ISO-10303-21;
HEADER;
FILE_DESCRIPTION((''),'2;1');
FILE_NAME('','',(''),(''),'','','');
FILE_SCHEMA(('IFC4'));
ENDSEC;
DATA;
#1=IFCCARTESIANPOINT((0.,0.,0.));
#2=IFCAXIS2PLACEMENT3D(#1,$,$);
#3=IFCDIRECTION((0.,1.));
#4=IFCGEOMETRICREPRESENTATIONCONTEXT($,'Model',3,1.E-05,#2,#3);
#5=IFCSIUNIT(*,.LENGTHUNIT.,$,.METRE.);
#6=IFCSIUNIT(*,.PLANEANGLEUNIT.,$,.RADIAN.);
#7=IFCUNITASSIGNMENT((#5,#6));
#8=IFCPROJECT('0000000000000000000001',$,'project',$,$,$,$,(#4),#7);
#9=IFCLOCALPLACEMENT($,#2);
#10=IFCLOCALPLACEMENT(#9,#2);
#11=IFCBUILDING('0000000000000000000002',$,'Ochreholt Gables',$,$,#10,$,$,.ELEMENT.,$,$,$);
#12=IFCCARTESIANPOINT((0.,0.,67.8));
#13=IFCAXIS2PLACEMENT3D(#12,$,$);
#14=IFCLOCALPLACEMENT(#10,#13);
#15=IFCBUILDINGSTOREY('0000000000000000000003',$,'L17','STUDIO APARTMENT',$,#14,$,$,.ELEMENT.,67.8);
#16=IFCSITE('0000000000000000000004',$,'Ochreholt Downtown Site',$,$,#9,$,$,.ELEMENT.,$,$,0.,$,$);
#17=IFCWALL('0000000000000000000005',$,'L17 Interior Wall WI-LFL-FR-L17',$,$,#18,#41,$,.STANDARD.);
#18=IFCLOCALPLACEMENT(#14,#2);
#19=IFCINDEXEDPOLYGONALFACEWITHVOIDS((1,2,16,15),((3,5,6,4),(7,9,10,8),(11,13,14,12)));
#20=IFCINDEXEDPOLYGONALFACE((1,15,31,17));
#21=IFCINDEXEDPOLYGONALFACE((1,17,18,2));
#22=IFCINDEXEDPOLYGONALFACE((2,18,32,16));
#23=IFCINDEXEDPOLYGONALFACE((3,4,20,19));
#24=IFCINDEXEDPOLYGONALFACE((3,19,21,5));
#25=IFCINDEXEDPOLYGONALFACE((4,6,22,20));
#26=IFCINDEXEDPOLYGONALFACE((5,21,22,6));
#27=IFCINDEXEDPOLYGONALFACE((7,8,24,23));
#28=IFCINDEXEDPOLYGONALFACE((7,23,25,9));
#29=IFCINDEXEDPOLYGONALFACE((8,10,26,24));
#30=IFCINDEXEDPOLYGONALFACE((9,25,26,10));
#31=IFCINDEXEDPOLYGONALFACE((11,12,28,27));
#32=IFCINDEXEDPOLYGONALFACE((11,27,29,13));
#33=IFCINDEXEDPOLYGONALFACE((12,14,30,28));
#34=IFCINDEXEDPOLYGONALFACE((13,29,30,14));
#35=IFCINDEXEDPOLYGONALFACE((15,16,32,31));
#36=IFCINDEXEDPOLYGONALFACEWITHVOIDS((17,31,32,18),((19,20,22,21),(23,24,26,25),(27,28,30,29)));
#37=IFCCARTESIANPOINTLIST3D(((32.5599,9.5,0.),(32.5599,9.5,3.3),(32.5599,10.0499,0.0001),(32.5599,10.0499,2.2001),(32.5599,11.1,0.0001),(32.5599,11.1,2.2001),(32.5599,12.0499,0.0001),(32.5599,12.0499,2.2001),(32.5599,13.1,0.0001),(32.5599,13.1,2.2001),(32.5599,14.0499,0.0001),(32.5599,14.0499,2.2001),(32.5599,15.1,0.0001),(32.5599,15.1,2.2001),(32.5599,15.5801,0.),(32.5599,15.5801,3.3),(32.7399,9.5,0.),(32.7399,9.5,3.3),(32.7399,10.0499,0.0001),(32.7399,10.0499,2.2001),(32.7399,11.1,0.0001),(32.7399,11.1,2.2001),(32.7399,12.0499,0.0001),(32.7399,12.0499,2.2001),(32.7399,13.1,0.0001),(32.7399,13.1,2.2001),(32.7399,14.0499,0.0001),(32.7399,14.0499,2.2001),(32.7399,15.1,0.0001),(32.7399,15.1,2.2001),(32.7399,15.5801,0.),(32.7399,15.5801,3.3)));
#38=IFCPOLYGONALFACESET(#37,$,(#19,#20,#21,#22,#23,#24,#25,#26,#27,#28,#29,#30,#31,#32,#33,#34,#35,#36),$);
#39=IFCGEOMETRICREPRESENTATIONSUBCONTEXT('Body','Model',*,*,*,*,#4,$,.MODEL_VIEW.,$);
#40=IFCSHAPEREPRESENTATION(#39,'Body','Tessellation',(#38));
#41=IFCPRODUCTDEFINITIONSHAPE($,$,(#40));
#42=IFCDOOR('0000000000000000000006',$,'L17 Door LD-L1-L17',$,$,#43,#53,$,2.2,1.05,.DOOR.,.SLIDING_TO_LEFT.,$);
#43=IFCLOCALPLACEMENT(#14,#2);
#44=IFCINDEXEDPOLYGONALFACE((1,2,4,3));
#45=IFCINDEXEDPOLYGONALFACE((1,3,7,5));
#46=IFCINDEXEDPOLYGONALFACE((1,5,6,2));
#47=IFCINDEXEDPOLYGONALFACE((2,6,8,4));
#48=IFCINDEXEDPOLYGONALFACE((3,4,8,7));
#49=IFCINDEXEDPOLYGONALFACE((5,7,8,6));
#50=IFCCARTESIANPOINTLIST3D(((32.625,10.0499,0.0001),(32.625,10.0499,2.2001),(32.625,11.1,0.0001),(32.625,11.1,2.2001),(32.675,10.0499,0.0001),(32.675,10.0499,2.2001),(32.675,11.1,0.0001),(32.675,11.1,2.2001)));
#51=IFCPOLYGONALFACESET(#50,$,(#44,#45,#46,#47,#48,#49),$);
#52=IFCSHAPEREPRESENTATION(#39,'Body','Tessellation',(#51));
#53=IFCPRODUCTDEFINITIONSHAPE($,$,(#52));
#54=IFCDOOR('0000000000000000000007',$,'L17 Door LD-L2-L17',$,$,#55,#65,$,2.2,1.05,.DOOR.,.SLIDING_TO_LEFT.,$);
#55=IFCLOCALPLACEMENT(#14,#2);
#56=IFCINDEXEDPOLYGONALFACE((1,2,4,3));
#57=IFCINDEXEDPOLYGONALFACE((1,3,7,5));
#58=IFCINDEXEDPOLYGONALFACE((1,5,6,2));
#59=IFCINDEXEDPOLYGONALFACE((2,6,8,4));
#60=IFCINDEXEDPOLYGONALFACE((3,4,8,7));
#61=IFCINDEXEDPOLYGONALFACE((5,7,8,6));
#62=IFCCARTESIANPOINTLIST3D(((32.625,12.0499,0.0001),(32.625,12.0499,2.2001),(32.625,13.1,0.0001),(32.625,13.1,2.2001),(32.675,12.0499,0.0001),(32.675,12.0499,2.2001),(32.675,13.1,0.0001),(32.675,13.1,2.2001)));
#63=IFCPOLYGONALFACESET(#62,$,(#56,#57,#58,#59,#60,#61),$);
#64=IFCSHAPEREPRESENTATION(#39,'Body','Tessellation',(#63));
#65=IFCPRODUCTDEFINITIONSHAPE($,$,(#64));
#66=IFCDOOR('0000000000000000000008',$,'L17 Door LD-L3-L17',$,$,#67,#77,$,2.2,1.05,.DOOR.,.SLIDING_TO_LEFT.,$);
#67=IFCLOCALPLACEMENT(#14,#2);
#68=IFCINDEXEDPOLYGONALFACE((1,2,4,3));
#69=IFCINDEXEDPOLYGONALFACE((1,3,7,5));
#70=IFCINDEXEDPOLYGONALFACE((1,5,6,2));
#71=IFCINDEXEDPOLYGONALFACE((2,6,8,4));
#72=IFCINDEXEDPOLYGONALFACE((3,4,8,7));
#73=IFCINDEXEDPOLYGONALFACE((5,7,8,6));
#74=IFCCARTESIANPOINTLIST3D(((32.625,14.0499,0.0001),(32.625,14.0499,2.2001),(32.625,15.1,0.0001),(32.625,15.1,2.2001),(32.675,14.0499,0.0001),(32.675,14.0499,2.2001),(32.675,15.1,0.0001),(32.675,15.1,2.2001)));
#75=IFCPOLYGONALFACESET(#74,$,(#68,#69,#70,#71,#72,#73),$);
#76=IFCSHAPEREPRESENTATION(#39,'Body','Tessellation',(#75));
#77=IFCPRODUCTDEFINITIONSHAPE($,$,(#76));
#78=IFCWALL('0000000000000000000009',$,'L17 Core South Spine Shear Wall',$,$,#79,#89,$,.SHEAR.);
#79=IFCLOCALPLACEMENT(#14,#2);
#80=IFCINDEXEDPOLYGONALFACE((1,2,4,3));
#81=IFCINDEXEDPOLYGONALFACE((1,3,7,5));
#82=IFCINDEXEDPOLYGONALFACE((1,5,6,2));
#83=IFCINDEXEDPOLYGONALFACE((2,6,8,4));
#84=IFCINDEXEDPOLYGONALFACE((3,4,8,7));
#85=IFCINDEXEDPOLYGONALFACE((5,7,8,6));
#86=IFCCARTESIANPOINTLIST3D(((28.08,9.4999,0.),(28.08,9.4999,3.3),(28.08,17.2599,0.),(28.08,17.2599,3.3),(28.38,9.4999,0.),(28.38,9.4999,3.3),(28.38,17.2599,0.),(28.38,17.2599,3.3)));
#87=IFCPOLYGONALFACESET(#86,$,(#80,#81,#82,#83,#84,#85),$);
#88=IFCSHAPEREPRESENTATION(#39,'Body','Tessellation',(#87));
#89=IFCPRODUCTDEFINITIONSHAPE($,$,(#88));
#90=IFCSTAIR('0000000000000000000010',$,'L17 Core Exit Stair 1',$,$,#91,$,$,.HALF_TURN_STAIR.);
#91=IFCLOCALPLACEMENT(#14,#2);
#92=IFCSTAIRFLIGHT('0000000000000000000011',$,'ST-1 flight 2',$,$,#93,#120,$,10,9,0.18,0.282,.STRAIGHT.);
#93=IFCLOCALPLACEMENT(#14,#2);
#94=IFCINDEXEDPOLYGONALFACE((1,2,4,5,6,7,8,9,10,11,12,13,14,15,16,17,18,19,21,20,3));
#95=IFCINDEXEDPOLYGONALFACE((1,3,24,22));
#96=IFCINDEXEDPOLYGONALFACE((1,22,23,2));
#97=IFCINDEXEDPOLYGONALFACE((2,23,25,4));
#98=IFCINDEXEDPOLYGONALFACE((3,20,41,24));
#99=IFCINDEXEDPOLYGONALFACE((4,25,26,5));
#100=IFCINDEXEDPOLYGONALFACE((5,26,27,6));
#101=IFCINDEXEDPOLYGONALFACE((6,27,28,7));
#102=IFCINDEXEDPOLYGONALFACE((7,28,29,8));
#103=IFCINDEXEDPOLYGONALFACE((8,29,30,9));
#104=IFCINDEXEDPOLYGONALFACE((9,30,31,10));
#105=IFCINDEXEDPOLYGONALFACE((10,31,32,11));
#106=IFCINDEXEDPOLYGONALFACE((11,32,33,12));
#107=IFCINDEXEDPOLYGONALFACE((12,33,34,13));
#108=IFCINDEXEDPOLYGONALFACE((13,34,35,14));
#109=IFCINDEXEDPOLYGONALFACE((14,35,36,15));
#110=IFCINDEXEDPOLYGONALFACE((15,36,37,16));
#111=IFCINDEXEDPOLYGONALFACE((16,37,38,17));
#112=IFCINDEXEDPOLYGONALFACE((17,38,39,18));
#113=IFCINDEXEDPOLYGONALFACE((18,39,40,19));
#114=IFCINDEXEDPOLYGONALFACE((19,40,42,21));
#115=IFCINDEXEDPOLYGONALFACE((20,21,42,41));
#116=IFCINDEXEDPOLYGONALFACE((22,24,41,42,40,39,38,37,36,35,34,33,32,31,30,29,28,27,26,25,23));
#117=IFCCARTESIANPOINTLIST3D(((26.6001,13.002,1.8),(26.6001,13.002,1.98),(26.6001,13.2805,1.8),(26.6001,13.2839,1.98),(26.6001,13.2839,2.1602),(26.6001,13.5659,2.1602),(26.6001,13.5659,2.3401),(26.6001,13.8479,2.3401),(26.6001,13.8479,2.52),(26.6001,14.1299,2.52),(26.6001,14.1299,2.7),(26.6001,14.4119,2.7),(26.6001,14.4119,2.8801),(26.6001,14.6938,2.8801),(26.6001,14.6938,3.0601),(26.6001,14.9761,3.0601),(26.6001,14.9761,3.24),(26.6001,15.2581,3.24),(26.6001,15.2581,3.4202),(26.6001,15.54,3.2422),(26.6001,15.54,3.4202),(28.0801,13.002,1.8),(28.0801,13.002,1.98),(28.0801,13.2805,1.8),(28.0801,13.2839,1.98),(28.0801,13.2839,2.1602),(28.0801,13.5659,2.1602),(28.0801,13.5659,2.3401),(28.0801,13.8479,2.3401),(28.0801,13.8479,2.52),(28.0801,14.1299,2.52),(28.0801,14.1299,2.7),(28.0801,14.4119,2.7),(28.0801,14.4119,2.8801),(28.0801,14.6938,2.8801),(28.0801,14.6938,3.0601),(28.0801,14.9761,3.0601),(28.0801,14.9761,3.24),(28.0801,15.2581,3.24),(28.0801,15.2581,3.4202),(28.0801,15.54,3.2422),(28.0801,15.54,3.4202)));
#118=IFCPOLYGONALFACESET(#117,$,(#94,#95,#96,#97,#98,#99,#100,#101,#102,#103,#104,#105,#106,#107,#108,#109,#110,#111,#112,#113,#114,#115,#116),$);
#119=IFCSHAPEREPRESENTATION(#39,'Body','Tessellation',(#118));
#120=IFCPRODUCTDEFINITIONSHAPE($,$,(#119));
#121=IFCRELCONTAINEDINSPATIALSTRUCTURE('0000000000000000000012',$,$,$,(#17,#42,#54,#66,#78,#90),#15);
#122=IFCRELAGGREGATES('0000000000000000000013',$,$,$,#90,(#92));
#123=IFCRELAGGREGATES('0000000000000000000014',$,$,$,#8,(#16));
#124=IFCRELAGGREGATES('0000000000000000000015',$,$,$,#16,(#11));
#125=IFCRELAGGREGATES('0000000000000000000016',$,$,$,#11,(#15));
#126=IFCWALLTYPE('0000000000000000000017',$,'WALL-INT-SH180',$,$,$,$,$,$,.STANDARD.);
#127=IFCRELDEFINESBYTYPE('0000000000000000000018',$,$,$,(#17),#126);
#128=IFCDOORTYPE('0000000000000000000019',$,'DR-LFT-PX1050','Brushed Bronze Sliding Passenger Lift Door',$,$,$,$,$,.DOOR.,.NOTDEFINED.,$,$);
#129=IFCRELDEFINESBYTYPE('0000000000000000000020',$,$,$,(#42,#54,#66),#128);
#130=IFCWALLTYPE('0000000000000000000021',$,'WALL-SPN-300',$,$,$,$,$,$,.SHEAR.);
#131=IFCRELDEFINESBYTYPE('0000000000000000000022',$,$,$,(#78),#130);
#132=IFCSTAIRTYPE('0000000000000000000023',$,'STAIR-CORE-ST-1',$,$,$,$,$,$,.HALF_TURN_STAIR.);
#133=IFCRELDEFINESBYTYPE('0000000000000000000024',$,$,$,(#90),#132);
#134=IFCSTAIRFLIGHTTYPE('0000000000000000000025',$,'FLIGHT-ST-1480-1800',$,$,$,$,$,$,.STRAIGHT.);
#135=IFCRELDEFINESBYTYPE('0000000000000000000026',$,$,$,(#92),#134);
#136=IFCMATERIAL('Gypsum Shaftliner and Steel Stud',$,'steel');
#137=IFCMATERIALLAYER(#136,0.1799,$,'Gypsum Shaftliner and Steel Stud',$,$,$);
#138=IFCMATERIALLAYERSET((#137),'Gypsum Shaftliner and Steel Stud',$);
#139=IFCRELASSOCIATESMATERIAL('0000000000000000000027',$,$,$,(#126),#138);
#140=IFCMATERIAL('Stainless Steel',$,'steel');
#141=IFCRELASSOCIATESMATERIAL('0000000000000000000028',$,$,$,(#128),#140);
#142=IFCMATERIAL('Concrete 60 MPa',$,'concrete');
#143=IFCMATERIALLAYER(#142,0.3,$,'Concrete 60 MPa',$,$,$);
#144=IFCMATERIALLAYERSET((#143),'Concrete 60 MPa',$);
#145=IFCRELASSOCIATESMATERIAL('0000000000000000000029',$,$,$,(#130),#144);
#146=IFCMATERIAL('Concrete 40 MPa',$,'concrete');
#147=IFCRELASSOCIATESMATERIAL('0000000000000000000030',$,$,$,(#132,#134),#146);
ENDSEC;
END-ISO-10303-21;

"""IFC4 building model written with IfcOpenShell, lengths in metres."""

from ifc_helpers import new_model, si_unit, direction, frame, frame_2d, origin, place, context, subcontext, project, spatial, polyline, rectangle, outline, extrude, material, layer, layer_set, type_object, element, fill, aggregate, save


model = new_model("IFC4")

# Units and contexts
model_context = context("Model", 3, precision=1e-05, world=origin(), true_north=direction((0.0, 1.0)))
body_context = subcontext(model_context, "Body", "Model", "MODEL_VIEW")
ifc_project = project(units=[si_unit("LENGTHUNIT", "METRE"), si_unit("PLANEANGLEUNIT", "RADIAN")], contexts=[model_context])

# Site, building, storey
site_placement = place(None, origin())
site = spatial("IfcSite", under=ifc_project, at=site_placement, Name="Ochreholt Downtown Site", CompositionType="ELEMENT", RefElevation=0.0)
building_placement = place(site_placement, origin())
building = spatial("IfcBuilding", under=site, at=building_placement, Name="Ochreholt Gables", CompositionType="ELEMENT")
storey_placement = place(building_placement, frame((0.0, 0.0, 67.8)))
storey = spatial("IfcBuildingStorey", under=building, at=storey_placement, Name="L17", Description="STUDIO APARTMENT", CompositionType="ELEMENT", Elevation=67.8)

# Shared definitions
ifc_material_1 = material(Name="Concrete 60 MPa", Category="concrete")

# Shared definitions
ifc_material_2 = material(Name="Gypsum Shaftliner and Steel Stud", Category="steel")

# Wall, openings, doors
ifc_layer_1 = layer(ifc_material_2, 0.1799, Name="Gypsum Shaftliner and Steel Stud")
ifc_layer_set_1 = layer_set([ifc_layer_1], Name="Gypsum Shaftliner and Steel Stud")
wall_type_1 = type_object("IfcWallType", Name="WALL-INT-SH180", PredefinedType="STANDARD", material=ifc_layer_set_1)
wall_1_placement = place(storey_placement, frame((32.6499, 9.5, 0.0), z_axis=(0.0, 0.0, 1.0), x_axis=(0.0, 1.0, 0.0)))
wall_1 = element("IfcWall", 1, at=wall_1_placement, inside=storey, type_object=wall_type_1, Name="L17 Interior Wall WI-LFL-FR-L17", PredefinedType="STANDARD", context=body_context, shape_type="SweptSolid", body=[
    extrude(rectangle(XDim=6.0801, YDim=0.1799, at=frame_2d((3.04, 0.0))), origin(), (0.0, 0.0, 1.0), 3.3),
])
opening_1_placement = place(wall_1_placement, frame((0.55, 0.0, 0.0)))
opening_1 = element("IfcOpeningElement", 2, at=opening_1_placement, cuts=wall_1, PredefinedType="OPENING", context=body_context, shape_type="SweptSolid", body=[
    extrude(rectangle(XDim=1.05, YDim=2.2, at=frame_2d((0.5249, 1.1001))), frame((0.0, 0.0999, 0.0), z_axis=(0.0, -1.0, 0.0), x_axis=(1.0, 0.0, 0.0)), (0.0, 0.0, 1.0), 0.2),
])
opening_2_placement = place(wall_1_placement, frame((2.55, 0.0, 0.0)))
opening_2 = element("IfcOpeningElement", 3, at=opening_2_placement, cuts=wall_1, PredefinedType="OPENING", context=body_context, shape_type="SweptSolid", body=[
    extrude(rectangle(XDim=1.05, YDim=2.2, at=frame_2d((0.5249, 1.1001))), frame((0.0, 0.0999, 0.0), z_axis=(0.0, -1.0, 0.0), x_axis=(1.0, 0.0, 0.0)), (0.0, 0.0, 1.0), 0.2),
])
opening_3_placement = place(wall_1_placement, frame((4.55, 0.0, 0.0)))
opening_3 = element("IfcOpeningElement", 4, at=opening_3_placement, cuts=wall_1, PredefinedType="OPENING", context=body_context, shape_type="SweptSolid", body=[
    extrude(rectangle(XDim=1.05, YDim=2.2, at=frame_2d((0.5249, 1.1001))), frame((0.0, 0.0999, 0.0), z_axis=(0.0, -1.0, 0.0), x_axis=(1.0, 0.0, 0.0)), (0.0, 0.0, 1.0), 0.2),
])
ifc_material_3 = material(Name="Stainless Steel", Category="steel")
door_type_1 = type_object("IfcDoorType", Name="DR-LFT-PX1050", Description="Brushed Bronze Sliding Passenger Lift Door", OperationType="NOTDEFINED", PredefinedType="DOOR", material=ifc_material_3)
door_1_placement = place(opening_1_placement, origin())
door_1 = element("IfcDoor", 5, at=door_1_placement, inside=storey, type_object=door_type_1, Name="L17 Door LD-L1-L17", OperationType="SLIDING_TO_LEFT", OverallHeight=2.2, OverallWidth=1.05, PredefinedType="DOOR", context=body_context, shape_type="SweptSolid", body=[
    extrude(rectangle(XDim=1.05, YDim=2.2, at=frame_2d((0.5249, 1.1001))), frame((0.0, 0.0249, 0.0), z_axis=(0.0, -1.0, 0.0), x_axis=(1.0, 0.0, 0.0)), (0.0, 0.0, 1.0), 0.05),
])
fill(opening_1, door_1)
door_2_placement = place(opening_2_placement, origin())
door_2 = element("IfcDoor", 6, at=door_2_placement, inside=storey, type_object=door_type_1, Name="L17 Door LD-L2-L17", OperationType="SLIDING_TO_LEFT", OverallHeight=2.2, OverallWidth=1.05, PredefinedType="DOOR", context=body_context, shape_type="SweptSolid", body=[
    extrude(rectangle(XDim=1.05, YDim=2.2, at=frame_2d((0.5249, 1.1001))), frame((0.0, 0.0249, 0.0), z_axis=(0.0, -1.0, 0.0), x_axis=(1.0, 0.0, 0.0)), (0.0, 0.0, 1.0), 0.05),
])
fill(opening_2, door_2)
door_3_placement = place(opening_3_placement, origin())
door_3 = element("IfcDoor", 7, at=door_3_placement, inside=storey, type_object=door_type_1, Name="L17 Door LD-L3-L17", OperationType="SLIDING_TO_LEFT", OverallHeight=2.2, OverallWidth=1.05, PredefinedType="DOOR", context=body_context, shape_type="SweptSolid", body=[
    extrude(rectangle(XDim=1.05, YDim=2.2, at=frame_2d((0.5249, 1.1001))), frame((0.0, 0.0249, 0.0), z_axis=(0.0, -1.0, 0.0), x_axis=(1.0, 0.0, 0.0)), (0.0, 0.0, 1.0), 0.05),
])
fill(opening_3, door_3)

# Wall
ifc_layer_2 = layer(ifc_material_1, 0.3, Name="Concrete 60 MPa")
ifc_layer_set_2 = layer_set([ifc_layer_2], Name="Concrete 60 MPa")
wall_type_2 = type_object("IfcWallType", Name="WALL-SPN-300", PredefinedType="SHEAR", material=ifc_layer_set_2)
wall_2_placement = place(storey_placement, frame((28.23, 9.5, 0.0), z_axis=(0.0, 0.0, 1.0), x_axis=(0.0, 1.0, 0.0)))
element("IfcWall", 8, at=wall_2_placement, inside=storey, type_object=wall_type_2, Name="L17 Core South Spine Shear Wall", PredefinedType="SHEAR", context=body_context, shape_type="SweptSolid", body=[
    extrude(rectangle(XDim=7.76, YDim=0.3, at=frame_2d((3.8799, 0.0))), origin(), (0.0, 0.0, 1.0), 3.3),
])

# Stair, stair flight
ifc_material_4 = material(Name="Concrete 40 MPa", Category="concrete")
stair_type = type_object("IfcStairType", Name="STAIR-CORE-ST-1", PredefinedType="HALF_TURN_STAIR", material=ifc_material_4)
stair_placement = place(storey_placement, origin())
stair = element("IfcStair", 9, at=stair_placement, inside=storey, type_object=stair_type, Name="L17 Core Exit Stair 1", PredefinedType="HALF_TURN_STAIR")
stair_flight_type = type_object("IfcStairFlightType", Name="FLIGHT-ST-1480-1800", PredefinedType="STRAIGHT", material=ifc_material_4)
stair_flight_placement = place(storey_placement, frame((27.3401, 13.002, 1.8), z_axis=(0.0, 0.0, 1.0), x_axis=(0.0, 1.0, 0.0)))
stair_flight = element("IfcStairFlight", 10, at=stair_flight_placement, type_object=stair_flight_type, Name="ST-1 flight 2", NumberOfRisers=10, NumberOfTreads=9, PredefinedType="STRAIGHT", RiserHeight=0.18, TreadLength=0.282, context=body_context, shape_type="SweptSolid", body=[
    extrude(outline(polyline([(0.0, 0.0), (0.0, 0.1799), (0.282, 0.1799), (0.282, 0.3601), (0.564, 0.3601), (0.564, 0.54), (0.8459, 0.54), (0.8459, 0.72), (1.1279, 0.72), (1.1279, 0.8999), (1.4099, 0.8999), (1.4099, 1.0801), (1.6919, 1.0801), (1.6919, 1.26), (1.9741, 1.26), (1.9741, 1.4399), (2.2561, 1.4399), (2.2561, 1.6201), (2.5381, 1.6201), (2.5381, 1.8), (2.5381, 1.4421), (0.2786, 0.0), (0.0, 0.0)])), frame((0.0, 0.74, 0.0), z_axis=(0.0, -1.0, 0.0), x_axis=(1.0, 0.0, 0.0)), (0.0, 0.0, 1.0), 1.48),
])
aggregate(stair, [stair_flight])

save(model, "model.ifc")
